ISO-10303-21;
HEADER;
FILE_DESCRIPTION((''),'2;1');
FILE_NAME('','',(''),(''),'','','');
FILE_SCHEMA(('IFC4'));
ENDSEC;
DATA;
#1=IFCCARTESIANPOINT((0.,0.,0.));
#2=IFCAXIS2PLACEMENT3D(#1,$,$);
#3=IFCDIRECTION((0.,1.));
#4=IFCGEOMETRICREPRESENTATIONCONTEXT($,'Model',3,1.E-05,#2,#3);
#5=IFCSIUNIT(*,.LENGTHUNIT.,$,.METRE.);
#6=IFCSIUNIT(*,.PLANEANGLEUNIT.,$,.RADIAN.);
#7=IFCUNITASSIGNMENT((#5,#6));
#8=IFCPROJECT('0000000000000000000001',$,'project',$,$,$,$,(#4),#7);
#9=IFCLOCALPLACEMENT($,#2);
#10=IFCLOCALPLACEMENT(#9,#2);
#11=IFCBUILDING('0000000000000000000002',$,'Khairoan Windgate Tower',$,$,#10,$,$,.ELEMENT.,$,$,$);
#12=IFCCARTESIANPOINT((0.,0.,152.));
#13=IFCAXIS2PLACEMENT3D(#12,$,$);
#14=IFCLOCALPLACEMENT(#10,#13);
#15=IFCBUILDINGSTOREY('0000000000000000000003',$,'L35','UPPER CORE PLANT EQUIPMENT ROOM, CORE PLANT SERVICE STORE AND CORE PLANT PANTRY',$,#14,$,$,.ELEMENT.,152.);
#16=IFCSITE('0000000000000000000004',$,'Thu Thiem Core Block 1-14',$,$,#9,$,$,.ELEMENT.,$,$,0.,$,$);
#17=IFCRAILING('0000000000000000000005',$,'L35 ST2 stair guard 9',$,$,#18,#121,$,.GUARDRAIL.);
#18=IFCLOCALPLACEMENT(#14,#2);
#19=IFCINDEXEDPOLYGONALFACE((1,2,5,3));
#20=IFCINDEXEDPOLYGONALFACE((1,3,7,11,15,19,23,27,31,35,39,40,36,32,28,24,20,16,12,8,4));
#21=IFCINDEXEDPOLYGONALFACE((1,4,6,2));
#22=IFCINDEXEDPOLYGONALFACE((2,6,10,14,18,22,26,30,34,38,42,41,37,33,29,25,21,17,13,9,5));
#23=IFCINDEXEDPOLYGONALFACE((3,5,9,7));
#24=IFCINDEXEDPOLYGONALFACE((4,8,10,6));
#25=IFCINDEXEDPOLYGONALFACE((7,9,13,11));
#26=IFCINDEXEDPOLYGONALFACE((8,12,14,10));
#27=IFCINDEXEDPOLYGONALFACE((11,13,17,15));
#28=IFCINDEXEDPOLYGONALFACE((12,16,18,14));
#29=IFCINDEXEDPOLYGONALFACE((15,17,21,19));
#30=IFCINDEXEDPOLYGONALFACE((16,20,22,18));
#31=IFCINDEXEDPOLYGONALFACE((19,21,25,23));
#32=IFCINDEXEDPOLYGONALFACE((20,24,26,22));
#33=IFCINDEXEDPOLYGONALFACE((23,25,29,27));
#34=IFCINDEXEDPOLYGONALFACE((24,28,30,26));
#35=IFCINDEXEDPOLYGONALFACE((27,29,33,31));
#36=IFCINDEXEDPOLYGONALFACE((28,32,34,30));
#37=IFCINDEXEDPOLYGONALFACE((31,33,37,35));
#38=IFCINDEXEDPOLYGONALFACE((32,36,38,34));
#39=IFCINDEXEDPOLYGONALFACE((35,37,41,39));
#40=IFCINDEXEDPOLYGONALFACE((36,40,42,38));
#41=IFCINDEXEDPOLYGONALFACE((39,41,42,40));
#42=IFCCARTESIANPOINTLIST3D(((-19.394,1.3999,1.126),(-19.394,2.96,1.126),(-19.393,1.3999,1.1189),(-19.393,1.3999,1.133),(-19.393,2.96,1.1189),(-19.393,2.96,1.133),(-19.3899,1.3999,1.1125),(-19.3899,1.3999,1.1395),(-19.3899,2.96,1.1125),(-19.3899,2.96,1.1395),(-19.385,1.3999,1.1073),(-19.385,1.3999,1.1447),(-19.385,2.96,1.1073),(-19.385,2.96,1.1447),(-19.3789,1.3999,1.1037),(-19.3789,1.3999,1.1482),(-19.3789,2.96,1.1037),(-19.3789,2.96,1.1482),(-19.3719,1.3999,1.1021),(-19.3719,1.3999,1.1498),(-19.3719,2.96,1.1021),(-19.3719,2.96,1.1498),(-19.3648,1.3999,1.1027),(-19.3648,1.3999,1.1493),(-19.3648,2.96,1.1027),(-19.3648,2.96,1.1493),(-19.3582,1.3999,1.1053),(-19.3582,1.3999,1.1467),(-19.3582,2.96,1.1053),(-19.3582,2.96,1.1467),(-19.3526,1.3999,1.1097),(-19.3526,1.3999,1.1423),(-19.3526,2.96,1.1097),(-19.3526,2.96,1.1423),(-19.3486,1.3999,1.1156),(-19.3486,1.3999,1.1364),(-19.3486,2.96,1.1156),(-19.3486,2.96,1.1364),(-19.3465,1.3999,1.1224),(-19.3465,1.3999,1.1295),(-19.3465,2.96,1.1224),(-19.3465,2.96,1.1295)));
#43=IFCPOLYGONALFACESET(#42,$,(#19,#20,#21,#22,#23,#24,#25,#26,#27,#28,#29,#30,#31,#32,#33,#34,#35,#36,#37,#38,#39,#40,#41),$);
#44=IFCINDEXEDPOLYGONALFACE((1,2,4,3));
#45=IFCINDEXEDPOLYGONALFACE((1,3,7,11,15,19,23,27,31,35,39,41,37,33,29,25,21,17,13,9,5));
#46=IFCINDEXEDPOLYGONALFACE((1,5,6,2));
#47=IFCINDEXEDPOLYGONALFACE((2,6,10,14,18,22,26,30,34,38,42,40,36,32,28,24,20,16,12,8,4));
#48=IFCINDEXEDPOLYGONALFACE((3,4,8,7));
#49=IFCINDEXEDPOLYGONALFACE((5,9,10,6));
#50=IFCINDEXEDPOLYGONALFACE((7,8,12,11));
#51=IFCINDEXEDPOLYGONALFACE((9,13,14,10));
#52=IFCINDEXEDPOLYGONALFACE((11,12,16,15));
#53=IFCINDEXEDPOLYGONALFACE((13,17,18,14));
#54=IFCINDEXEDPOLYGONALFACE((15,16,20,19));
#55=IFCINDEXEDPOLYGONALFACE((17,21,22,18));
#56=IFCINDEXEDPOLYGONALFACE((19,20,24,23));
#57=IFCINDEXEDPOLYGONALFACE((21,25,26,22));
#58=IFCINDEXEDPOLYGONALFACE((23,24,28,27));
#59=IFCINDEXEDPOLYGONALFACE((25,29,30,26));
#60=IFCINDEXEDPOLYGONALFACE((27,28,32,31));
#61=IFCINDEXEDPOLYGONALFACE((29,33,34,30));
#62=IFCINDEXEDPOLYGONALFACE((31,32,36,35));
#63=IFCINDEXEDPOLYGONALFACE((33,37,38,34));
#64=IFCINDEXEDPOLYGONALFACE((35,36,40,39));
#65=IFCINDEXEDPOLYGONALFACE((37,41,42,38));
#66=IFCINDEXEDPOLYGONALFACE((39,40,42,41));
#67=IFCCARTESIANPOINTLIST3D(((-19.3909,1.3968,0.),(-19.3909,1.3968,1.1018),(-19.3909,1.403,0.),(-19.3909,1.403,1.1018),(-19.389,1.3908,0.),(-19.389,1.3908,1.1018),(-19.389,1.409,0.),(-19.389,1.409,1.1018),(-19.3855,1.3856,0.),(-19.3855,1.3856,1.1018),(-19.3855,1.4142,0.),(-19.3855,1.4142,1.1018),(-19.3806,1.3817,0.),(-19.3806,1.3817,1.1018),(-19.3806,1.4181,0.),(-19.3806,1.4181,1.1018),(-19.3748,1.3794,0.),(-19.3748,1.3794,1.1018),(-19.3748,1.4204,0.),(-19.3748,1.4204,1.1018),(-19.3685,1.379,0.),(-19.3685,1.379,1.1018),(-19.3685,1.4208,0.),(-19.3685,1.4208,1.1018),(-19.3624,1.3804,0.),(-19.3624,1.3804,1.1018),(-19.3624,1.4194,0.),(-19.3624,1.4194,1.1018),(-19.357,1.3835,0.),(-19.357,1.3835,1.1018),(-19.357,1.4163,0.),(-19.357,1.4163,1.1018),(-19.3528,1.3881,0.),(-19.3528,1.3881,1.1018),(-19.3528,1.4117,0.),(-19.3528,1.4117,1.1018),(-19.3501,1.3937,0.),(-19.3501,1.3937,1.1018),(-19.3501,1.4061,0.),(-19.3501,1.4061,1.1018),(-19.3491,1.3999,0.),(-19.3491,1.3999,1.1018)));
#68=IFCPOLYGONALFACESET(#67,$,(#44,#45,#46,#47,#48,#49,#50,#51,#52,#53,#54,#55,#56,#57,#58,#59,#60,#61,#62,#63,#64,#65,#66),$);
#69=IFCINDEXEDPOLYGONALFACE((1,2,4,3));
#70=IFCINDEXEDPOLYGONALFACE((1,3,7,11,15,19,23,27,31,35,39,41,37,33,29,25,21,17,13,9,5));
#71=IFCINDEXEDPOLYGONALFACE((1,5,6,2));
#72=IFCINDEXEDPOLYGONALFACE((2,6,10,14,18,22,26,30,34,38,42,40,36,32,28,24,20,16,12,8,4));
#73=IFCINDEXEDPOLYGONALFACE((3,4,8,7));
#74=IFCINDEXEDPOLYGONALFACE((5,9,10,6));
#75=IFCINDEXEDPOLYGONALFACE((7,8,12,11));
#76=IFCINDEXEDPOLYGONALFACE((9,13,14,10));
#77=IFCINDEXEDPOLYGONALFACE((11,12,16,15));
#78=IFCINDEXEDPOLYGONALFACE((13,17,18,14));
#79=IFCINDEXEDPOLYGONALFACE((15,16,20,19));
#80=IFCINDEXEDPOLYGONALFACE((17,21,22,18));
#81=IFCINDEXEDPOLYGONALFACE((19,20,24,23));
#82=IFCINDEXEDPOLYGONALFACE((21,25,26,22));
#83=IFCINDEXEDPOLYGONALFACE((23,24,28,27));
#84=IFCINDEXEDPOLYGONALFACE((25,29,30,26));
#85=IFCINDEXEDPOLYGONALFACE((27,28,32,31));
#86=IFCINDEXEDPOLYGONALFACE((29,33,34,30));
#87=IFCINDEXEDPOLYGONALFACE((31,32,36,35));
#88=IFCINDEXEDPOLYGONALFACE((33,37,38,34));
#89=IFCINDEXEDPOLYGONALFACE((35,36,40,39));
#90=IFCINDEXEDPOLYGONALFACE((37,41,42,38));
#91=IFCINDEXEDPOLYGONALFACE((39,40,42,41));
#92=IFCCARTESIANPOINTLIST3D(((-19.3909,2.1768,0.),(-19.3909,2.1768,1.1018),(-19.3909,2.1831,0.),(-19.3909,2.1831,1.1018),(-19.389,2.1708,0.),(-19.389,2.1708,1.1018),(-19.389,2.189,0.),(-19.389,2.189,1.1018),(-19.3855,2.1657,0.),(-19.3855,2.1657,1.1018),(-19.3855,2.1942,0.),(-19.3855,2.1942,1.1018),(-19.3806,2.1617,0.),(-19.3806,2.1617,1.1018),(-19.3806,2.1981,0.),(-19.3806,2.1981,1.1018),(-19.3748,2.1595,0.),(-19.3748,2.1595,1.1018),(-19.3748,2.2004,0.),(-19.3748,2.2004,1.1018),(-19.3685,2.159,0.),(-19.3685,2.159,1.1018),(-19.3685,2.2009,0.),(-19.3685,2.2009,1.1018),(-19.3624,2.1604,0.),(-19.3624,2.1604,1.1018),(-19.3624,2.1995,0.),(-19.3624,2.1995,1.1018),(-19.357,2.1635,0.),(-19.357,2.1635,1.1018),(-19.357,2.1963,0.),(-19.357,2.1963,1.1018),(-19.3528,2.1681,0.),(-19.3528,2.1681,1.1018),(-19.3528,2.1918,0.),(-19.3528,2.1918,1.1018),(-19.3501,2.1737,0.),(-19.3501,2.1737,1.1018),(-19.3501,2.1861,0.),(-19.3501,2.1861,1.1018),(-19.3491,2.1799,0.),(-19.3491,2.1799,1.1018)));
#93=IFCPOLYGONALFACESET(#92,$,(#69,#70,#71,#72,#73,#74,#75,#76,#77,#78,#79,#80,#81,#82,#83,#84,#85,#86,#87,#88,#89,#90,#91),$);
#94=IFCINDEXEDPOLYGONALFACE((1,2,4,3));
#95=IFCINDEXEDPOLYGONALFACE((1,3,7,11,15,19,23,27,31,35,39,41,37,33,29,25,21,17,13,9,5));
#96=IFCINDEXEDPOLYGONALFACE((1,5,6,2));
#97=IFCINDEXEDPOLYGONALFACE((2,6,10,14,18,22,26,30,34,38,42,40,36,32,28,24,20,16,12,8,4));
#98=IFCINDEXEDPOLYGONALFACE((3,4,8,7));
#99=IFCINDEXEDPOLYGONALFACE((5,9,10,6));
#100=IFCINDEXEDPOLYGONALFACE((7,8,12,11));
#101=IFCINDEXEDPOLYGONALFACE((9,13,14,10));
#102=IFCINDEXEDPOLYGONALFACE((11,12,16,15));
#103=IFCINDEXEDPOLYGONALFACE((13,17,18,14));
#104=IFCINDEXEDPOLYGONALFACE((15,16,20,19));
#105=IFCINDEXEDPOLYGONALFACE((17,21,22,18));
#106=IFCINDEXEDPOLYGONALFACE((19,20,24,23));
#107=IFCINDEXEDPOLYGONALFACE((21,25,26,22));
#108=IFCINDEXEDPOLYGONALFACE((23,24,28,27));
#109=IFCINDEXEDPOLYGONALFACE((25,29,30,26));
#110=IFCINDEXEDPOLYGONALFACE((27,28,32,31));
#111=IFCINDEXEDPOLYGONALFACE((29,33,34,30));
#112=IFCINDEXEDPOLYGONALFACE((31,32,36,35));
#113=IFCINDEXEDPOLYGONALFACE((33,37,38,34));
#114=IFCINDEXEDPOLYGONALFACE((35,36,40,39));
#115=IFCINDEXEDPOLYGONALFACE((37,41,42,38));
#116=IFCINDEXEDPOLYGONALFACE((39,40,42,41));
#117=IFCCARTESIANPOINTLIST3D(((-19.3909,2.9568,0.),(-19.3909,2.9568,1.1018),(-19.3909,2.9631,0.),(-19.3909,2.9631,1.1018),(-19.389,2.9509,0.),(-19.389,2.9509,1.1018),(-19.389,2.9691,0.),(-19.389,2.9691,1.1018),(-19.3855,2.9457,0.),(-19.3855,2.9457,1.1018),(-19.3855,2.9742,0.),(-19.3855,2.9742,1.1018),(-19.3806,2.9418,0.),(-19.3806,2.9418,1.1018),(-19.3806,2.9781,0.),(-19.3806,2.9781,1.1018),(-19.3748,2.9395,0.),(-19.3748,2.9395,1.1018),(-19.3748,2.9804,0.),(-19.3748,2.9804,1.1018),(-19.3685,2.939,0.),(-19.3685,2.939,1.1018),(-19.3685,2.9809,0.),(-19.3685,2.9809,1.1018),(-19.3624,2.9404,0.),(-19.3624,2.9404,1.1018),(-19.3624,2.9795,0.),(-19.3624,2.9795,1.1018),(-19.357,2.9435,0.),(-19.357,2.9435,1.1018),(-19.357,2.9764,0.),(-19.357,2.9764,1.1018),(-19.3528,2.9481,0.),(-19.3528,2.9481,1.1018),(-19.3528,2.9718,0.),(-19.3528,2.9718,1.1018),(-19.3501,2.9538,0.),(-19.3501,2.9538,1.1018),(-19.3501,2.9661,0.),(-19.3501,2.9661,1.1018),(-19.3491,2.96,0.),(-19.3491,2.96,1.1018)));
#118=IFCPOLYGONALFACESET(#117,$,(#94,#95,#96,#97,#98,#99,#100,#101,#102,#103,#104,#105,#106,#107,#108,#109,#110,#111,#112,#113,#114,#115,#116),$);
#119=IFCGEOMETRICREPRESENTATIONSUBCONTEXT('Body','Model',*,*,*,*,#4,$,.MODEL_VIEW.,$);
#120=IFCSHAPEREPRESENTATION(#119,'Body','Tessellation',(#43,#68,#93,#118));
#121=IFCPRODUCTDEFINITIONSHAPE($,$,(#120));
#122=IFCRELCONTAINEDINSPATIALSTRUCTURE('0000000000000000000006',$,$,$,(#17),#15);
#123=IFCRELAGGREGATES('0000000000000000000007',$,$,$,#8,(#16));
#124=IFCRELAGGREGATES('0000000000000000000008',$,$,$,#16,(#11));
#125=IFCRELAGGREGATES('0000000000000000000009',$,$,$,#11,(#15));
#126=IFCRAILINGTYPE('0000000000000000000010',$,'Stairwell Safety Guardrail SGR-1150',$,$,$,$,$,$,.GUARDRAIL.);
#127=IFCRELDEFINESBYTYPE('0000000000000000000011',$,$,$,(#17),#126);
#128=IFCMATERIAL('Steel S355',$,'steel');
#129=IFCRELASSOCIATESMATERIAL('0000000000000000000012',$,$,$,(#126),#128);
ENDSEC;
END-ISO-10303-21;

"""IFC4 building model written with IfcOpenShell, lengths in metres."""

from ifc_helpers import new_model, si_unit, direction, frame, origin, origin_2d, place, context, subcontext, project, spatial, circle, extrude, material, type_object, element, save


model = new_model("IFC4")

# Units and contexts
model_context = context("Model", 3, precision=1e-05, world=origin(), true_north=direction((0.0, 1.0)))
body_context = subcontext(model_context, "Body", "Model", "MODEL_VIEW")
ifc_project = project(units=[si_unit("LENGTHUNIT", "METRE"), si_unit("PLANEANGLEUNIT", "RADIAN")], contexts=[model_context])

# Site, building, storey
site_placement = place(None, origin())
site = spatial("IfcSite", under=ifc_project, at=site_placement, Name="Thu Thiem Core Block 1-14", CompositionType="ELEMENT", RefElevation=0.0)
building_placement = place(site_placement, origin())
building = spatial("IfcBuilding", under=site, at=building_placement, Name="Khairoan Windgate Tower", CompositionType="ELEMENT")
storey_placement = place(building_placement, frame((0.0, 0.0, 152.0)))
storey = spatial("IfcBuildingStorey", under=building, at=storey_placement, Name="L35", Description="UPPER CORE PLANT EQUIPMENT ROOM, CORE PLANT SERVICE STORE AND CORE PLANT PANTRY", CompositionType="ELEMENT", Elevation=152.0)

# Railing
ifc_material_1 = material(Name="Steel S355", Category="steel")
railing_type_1 = type_object("IfcRailingType", Name="Stairwell Safety Guardrail SGR-1150", PredefinedType="GUARDRAIL", material=ifc_material_1)
for number, where, name in (
    (1, (-19.3701, 1.3999, 0.0), "L35 ST2 stair guard 9"),
):
    element("IfcRailing", number, at=place(storey_placement, frame(where)), inside=storey, type_object=railing_type_1, Name=name, PredefinedType="GUARDRAIL", context=body_context, shape_type="SweptSolid", body=[
        extrude(circle(Radius=0.0239, at=origin_2d()), frame((0.0, 0.0, 1.126), z_axis=(0.0, 1.0, 0.0), x_axis=(-1.0, 0.0, 0.0)), (0.0, 0.0, 1.0), 1.5601),
        extrude(circle(Radius=0.021, at=origin_2d()), origin(), (0.0, 0.0, 1.0), 1.1018),
        extrude(circle(Radius=0.021, at=origin_2d()), frame((0.0, 0.78, 0.0)), (0.0, 0.0, 1.0), 1.1018),
        extrude(circle(Radius=0.021, at=origin_2d()), frame((0.0, 1.5601, 0.0)), (0.0, 0.0, 1.0), 1.1018),
    ])

save(model, "model.ifc")
